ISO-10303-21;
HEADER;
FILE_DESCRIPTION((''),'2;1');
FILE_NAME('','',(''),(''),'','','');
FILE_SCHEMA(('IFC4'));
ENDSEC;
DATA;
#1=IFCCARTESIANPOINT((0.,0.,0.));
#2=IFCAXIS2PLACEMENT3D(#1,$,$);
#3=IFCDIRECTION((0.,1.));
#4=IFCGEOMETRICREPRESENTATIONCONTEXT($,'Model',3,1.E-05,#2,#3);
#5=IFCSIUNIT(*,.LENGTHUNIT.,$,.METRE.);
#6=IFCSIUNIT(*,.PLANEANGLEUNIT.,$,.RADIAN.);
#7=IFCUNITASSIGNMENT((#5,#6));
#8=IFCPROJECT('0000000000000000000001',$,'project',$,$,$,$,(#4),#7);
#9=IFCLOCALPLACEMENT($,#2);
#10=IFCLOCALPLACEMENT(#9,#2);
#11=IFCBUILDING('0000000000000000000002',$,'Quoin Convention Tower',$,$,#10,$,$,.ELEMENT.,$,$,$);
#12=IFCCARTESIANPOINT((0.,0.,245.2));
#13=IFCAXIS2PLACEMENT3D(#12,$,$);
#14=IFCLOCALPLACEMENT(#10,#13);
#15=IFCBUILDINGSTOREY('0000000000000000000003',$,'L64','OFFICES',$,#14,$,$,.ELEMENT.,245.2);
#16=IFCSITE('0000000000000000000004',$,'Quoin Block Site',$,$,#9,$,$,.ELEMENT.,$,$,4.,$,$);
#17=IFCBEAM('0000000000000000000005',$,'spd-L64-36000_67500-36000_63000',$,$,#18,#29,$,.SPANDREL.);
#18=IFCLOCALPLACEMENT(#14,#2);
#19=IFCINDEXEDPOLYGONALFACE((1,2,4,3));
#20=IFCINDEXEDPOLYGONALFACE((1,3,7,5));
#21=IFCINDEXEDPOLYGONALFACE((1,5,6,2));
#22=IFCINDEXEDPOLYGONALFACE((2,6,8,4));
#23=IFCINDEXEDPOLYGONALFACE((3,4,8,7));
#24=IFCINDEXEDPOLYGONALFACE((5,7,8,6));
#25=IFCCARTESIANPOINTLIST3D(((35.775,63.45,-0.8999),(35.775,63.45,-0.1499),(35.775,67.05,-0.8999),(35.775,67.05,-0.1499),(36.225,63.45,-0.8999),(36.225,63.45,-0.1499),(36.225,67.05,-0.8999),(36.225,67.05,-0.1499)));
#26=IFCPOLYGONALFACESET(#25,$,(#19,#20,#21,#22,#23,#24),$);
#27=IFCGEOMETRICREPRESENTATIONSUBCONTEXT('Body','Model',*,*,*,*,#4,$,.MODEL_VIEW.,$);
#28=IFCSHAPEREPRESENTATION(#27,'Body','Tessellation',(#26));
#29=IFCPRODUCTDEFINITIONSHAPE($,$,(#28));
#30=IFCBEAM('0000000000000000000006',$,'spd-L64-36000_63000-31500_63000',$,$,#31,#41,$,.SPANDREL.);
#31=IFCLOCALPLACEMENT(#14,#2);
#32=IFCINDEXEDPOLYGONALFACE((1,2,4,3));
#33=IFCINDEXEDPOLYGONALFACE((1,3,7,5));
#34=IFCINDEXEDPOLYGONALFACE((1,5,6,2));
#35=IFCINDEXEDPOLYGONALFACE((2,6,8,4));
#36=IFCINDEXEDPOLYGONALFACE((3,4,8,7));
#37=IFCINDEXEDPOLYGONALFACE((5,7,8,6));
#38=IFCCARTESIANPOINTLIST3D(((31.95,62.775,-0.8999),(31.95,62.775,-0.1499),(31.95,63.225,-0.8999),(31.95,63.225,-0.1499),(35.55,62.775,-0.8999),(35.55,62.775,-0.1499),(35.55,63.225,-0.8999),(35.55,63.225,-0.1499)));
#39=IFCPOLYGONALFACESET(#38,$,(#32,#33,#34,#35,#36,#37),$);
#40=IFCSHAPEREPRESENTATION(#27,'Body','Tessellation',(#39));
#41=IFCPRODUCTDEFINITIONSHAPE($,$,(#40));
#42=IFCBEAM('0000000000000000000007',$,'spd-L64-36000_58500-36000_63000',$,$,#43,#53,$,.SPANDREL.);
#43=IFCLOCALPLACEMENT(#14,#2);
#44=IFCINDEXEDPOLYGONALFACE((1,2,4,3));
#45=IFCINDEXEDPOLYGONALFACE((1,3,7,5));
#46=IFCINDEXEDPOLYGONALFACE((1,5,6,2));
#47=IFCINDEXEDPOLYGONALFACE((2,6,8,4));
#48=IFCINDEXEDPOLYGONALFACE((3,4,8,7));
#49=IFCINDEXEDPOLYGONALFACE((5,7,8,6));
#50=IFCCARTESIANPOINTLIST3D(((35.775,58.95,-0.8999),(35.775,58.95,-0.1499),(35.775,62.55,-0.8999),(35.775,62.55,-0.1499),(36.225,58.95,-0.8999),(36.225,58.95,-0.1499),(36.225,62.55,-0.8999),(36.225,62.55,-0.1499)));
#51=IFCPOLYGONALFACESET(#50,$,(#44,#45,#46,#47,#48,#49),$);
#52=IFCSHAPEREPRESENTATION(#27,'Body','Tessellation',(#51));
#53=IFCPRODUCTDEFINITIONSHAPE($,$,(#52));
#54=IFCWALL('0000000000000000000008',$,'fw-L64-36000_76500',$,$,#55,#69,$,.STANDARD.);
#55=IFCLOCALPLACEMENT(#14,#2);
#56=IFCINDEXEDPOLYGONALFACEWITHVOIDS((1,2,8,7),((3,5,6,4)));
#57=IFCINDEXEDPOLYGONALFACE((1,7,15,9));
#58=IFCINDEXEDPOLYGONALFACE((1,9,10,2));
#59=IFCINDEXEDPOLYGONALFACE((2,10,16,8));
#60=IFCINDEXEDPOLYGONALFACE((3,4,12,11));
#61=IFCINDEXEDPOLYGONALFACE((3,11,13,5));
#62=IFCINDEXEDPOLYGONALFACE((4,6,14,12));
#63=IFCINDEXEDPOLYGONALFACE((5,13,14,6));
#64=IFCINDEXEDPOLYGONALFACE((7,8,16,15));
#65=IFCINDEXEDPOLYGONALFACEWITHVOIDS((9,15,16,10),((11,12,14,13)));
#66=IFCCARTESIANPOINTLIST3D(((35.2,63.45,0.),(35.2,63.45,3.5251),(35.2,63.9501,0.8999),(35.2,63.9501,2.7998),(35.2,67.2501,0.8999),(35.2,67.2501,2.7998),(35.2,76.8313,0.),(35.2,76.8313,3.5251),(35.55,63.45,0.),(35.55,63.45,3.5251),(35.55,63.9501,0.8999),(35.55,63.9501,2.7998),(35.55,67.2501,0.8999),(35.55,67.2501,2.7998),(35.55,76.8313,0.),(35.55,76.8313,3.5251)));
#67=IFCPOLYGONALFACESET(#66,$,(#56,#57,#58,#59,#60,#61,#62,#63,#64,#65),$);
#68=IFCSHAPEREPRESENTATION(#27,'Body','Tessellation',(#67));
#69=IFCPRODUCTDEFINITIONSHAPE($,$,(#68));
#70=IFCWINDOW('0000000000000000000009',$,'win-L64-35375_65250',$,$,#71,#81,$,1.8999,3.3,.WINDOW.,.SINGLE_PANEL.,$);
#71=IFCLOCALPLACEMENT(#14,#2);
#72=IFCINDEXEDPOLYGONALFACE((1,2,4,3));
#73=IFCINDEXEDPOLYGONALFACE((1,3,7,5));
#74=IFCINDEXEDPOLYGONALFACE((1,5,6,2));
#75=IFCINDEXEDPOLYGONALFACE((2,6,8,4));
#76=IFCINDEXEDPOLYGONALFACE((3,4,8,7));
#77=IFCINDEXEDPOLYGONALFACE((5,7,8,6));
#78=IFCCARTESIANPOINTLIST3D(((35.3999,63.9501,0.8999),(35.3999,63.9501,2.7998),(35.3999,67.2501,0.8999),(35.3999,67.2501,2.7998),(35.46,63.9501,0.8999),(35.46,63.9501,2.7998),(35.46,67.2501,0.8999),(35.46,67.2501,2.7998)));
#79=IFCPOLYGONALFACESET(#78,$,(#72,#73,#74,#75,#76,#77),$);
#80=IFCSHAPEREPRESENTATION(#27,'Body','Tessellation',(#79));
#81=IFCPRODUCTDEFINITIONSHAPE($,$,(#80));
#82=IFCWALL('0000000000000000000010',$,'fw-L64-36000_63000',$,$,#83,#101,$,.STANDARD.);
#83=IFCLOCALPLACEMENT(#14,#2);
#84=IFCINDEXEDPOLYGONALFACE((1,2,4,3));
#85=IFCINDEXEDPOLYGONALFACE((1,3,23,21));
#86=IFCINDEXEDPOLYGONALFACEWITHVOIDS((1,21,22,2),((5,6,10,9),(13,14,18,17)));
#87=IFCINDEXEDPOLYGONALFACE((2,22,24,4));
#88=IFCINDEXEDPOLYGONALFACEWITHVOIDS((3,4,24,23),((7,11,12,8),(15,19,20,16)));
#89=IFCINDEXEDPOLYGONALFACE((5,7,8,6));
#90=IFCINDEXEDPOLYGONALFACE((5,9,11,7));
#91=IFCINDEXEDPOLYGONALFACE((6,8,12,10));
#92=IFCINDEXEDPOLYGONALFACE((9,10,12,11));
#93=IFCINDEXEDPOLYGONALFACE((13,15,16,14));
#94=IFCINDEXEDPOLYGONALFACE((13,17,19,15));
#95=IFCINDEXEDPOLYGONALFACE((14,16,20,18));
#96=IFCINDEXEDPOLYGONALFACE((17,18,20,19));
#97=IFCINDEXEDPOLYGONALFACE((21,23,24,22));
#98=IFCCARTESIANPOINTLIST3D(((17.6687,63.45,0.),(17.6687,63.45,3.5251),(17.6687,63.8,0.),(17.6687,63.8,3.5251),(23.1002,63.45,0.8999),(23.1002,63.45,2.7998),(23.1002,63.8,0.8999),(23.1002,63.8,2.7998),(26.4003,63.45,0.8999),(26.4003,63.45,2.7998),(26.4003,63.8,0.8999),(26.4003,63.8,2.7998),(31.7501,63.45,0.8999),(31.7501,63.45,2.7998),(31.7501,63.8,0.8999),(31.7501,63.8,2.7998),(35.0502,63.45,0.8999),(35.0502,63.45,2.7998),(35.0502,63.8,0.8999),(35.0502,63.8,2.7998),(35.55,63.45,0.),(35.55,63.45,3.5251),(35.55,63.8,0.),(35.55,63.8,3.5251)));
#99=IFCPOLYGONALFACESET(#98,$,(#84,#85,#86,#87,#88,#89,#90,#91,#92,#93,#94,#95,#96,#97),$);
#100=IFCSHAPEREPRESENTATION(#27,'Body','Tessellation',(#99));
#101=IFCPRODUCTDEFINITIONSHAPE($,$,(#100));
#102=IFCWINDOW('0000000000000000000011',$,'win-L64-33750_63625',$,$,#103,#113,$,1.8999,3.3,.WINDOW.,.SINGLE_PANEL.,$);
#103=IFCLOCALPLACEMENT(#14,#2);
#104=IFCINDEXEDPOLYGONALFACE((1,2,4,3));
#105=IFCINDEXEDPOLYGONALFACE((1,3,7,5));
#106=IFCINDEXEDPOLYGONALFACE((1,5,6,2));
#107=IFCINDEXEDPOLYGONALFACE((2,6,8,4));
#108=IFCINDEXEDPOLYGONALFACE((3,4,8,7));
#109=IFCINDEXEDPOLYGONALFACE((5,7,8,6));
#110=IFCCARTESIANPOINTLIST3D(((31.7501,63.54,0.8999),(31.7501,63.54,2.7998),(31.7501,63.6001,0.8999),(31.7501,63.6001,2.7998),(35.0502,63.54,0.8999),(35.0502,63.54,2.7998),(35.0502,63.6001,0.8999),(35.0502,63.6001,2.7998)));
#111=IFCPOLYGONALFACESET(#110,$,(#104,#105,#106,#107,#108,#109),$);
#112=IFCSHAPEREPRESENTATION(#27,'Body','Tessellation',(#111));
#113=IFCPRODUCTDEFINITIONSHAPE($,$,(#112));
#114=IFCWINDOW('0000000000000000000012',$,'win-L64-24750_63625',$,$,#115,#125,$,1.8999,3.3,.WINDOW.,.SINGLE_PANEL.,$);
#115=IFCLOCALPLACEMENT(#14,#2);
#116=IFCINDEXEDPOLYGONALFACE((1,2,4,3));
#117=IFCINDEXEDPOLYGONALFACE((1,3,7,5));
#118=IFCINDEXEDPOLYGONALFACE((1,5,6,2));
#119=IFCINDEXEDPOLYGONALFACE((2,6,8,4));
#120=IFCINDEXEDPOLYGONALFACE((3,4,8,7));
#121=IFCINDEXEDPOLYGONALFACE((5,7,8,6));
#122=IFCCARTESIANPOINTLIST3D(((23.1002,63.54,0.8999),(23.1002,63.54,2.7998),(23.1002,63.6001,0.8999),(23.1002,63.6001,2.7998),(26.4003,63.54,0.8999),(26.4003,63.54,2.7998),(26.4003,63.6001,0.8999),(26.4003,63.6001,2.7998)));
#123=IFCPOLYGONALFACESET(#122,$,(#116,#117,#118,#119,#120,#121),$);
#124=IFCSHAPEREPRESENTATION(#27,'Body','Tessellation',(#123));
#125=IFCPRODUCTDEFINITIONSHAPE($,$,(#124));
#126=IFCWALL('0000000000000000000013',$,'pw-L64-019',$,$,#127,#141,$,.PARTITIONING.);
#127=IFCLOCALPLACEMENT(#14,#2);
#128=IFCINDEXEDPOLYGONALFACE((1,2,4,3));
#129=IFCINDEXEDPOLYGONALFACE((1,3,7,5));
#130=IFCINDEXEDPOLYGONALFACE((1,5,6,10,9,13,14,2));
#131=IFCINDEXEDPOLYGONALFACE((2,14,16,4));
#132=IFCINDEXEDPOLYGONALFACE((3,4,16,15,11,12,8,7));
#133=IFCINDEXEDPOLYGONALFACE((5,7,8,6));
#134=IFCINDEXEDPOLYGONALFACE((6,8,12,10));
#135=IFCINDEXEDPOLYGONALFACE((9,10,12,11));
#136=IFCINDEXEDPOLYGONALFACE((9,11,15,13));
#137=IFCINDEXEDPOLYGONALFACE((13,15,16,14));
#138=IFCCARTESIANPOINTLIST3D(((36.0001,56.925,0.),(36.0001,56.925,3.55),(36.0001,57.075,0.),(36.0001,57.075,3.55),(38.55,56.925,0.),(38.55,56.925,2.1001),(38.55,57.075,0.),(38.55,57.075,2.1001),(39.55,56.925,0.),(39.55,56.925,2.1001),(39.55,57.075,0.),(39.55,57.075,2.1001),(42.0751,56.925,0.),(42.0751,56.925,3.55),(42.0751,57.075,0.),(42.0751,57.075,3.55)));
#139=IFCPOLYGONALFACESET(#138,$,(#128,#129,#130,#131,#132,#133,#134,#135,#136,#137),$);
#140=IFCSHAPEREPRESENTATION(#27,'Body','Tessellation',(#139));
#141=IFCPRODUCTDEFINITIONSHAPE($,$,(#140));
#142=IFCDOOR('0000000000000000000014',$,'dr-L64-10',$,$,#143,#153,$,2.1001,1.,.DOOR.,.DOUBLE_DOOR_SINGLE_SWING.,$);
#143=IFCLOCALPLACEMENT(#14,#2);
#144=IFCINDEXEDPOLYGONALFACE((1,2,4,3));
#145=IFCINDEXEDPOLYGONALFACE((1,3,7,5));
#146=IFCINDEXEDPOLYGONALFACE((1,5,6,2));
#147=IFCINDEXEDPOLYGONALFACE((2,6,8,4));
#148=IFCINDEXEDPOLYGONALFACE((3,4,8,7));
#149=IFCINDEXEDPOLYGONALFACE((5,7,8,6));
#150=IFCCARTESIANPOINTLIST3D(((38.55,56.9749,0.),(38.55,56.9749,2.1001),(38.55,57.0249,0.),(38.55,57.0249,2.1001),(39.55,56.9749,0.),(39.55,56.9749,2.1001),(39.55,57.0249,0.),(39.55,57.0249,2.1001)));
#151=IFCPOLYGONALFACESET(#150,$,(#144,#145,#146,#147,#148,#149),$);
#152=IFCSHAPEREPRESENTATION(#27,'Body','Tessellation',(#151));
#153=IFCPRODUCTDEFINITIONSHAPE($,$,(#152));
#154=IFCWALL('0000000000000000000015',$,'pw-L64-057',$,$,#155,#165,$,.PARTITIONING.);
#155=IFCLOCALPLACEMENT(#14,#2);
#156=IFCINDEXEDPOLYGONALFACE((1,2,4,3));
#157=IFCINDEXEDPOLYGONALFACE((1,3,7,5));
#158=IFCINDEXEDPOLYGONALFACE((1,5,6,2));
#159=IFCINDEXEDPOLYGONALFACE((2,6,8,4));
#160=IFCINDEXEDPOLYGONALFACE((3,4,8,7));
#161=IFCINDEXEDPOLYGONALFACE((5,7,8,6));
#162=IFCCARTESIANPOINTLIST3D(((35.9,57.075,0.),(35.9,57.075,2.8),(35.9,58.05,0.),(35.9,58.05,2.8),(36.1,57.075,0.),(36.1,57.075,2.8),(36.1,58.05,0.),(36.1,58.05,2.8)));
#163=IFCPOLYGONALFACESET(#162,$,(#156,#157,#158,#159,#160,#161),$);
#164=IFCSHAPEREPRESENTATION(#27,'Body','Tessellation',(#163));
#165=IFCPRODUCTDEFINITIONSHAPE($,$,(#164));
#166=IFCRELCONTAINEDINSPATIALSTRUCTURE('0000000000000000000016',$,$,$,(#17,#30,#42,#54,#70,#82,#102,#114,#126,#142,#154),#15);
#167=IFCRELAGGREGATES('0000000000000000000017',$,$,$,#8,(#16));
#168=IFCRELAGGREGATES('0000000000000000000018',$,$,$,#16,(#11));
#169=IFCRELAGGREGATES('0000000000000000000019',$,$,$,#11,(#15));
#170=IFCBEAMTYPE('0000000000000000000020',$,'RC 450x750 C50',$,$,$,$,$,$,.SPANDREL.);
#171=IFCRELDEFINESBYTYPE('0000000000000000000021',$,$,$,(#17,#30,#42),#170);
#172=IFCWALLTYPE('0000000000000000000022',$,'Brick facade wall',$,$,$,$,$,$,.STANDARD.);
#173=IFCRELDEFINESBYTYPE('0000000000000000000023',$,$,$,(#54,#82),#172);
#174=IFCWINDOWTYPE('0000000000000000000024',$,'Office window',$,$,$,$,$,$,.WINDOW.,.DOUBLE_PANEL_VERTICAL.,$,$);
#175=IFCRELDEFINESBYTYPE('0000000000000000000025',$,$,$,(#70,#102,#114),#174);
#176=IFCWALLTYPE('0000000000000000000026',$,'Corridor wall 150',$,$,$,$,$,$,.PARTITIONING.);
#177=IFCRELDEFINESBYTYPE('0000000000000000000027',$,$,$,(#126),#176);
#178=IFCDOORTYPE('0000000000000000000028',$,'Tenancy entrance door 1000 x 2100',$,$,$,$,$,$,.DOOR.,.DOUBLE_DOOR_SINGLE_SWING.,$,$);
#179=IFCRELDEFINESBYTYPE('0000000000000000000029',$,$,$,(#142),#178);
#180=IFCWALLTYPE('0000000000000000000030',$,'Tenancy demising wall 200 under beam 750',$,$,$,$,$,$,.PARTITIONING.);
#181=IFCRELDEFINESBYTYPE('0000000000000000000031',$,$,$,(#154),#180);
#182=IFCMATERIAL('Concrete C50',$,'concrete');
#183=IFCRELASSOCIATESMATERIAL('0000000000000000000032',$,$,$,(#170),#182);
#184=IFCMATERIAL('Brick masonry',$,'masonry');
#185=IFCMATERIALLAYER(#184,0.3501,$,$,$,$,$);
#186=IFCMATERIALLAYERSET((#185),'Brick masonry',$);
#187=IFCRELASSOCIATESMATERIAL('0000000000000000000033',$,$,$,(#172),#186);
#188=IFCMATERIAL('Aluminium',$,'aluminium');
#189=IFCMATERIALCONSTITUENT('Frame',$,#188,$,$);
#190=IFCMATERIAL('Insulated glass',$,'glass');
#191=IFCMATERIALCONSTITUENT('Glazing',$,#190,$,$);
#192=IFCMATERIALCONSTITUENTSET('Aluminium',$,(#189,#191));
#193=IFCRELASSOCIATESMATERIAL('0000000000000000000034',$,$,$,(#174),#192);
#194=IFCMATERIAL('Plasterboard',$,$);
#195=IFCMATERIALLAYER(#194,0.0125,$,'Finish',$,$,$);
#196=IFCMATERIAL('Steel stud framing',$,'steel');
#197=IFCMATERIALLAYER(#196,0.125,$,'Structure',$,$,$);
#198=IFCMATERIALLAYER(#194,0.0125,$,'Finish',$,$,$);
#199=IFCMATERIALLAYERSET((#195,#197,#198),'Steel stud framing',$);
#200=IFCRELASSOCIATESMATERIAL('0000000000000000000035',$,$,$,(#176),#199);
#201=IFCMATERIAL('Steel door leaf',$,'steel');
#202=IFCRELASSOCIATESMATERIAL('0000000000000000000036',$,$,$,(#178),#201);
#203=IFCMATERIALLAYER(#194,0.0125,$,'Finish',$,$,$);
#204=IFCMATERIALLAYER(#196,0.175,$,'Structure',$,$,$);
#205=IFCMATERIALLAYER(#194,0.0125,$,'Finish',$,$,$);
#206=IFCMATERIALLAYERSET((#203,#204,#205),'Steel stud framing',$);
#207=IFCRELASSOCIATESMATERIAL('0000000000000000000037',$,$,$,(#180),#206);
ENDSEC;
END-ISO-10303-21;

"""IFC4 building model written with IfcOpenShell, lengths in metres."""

from ifc_helpers import new_model, si_unit, direction, frame, frame_2d, origin, origin_2d, place, context, subcontext, project, spatial, rectangle, extrude, material, layer, layer_set, constituent, constituent_set, material_profile, profile_set, type_object, element, fill, save


model = new_model("IFC4")

# Units and contexts
model_context = context("Model", 3, precision=1e-05, world=origin(), true_north=direction((0.0, 1.0)))
body_context = subcontext(model_context, "Body", "Model", "MODEL_VIEW")
ifc_project = project(units=[si_unit("LENGTHUNIT", "METRE"), si_unit("PLANEANGLEUNIT", "RADIAN")], contexts=[model_context])

# Site, building, storey
site_placement = place(None, origin())
site = spatial("IfcSite", under=ifc_project, at=site_placement, Name="Quoin Block Site", CompositionType="ELEMENT", RefElevation=4.0)
building_placement = place(site_placement, origin())
building = spatial("IfcBuilding", under=site, at=building_placement, Name="Quoin Convention Tower", CompositionType="ELEMENT")
storey_placement = place(building_placement, frame((0.0, 0.0, 245.2)))
storey = spatial("IfcBuildingStorey", under=building, at=storey_placement, Name="L64", Description="OFFICES", CompositionType="ELEMENT", Elevation=245.2)

# Shared definitions
ifc_material_1 = material(Name="Concrete C50", Category="concrete")

# Beams
ifc_material_profile_1 = material_profile(ifc_material_1, rectangle(XDim=0.45, YDim=0.75, at=origin_2d()), Name="RC 450x750")
ifc_profile_set_1 = profile_set([ifc_material_profile_1], Name="Concrete C50")
beam_type_1 = type_object("IfcBeamType", Name="RC 450x750 C50", PredefinedType="SPANDREL", material=ifc_profile_set_1)
for number, where, z_axis, x_axis, name in (
    (1, (36.0, 67.05, -0.5249), (0.0, -1.0, 0.0), (1.0, 0.0, 0.0), "spd-L64-36000_67500-36000_63000"),
    (2, (35.55, 63.0, -0.5249), (-1.0, 0.0, 0.0), (0.0, -1.0, 0.0), "spd-L64-36000_63000-31500_63000"),
    (3, (36.0, 58.95, -0.5249), (0.0, 1.0, 0.0), (-1.0, 0.0, 0.0), "spd-L64-36000_58500-36000_63000"),
):
    element("IfcBeam", number, at=place(storey_placement, frame(where, z_axis=z_axis, x_axis=x_axis)), inside=storey, type_object=beam_type_1, Name=name, PredefinedType="SPANDREL", context=body_context, shape_type="SweptSolid", body=[
        extrude(rectangle(XDim=0.45, YDim=0.75, at=origin_2d()), origin(), (0.0, 0.0, 1.0), 3.6001),
    ])

# Wall, opening, window
ifc_material_2 = material(Name="Brick masonry", Category="masonry")
ifc_layer_1 = layer(ifc_material_2, 0.3501)
ifc_layer_set_1 = layer_set([ifc_layer_1], Name="Brick masonry")
wall_type_1 = type_object("IfcWallType", Name="Brick facade wall", PredefinedType="STANDARD", material=ifc_layer_set_1)
wall_1_placement = place(storey_placement, frame((35.375, 76.8313, 0.0), z_axis=(0.0, 0.0, 1.0), x_axis=(0.0, -1.0, 0.0)))
wall_1 = element("IfcWall", 4, at=wall_1_placement, inside=storey, type_object=wall_type_1, Name="fw-L64-36000_76500", PredefinedType="STANDARD", context=body_context, shape_type="SweptSolid", body=[
    extrude(rectangle(XDim=13.3813, YDim=0.3501, at=frame_2d((6.6907, 0.0))), origin(), (0.0, 0.0, 1.0), 3.5251),
])
opening_1_placement = place(wall_1_placement, frame((9.5813, 0.0, 0.8999)))
opening_1 = element("IfcOpeningElement", 5, at=opening_1_placement, cuts=wall_1, PredefinedType="OPENING", context=body_context, shape_type="SweptSolid", body=[
    extrude(rectangle(XDim=3.3, YDim=1.8999, at=frame_2d((1.6499, 0.95))), frame((0.0, 0.1851, 0.0), z_axis=(0.0, -1.0, 0.0), x_axis=(1.0, 0.0, 0.0)), (0.0, 0.0, 1.0), 0.3701),
])
ifc_material_3 = material(Name="Aluminium", Category="aluminium")
ifc_constituent_1 = constituent(ifc_material_3, Name="Frame")
ifc_material_4 = material(Name="Insulated glass", Category="glass")
ifc_constituent_2 = constituent(ifc_material_4, Name="Glazing")
ifc_constituent_set = constituent_set(constituents=[ifc_constituent_1, ifc_constituent_2], Name="Aluminium")
window_type = type_object("IfcWindowType", Name="Office window", PartitioningType="DOUBLE_PANEL_VERTICAL", PredefinedType="WINDOW", material=ifc_constituent_set)
window_1_placement = place(opening_1_placement, origin())
window_1 = element("IfcWindow", 6, at=window_1_placement, inside=storey, type_object=window_type, Name="win-L64-35375_65250", OverallHeight=1.8999, OverallWidth=3.3, PartitioningType="SINGLE_PANEL", PredefinedType="WINDOW", context=body_context, shape_type="SweptSolid", body=[
    extrude(rectangle(XDim=3.3, YDim=1.8999, at=frame_2d((1.6499, 0.95))), frame((0.0, 0.085, 0.0), z_axis=(0.0, -1.0, 0.0), x_axis=(1.0, 0.0, 0.0)), (0.0, 0.0, 1.0), 0.0601),
])
fill(opening_1, window_1)

# Wall, openings, windows
wall_2_placement = place(storey_placement, frame((35.55, 63.625, 0.0), z_axis=(0.0, 0.0, 1.0), x_axis=(-1.0, 0.0, 0.0)))
wall_2 = element("IfcWall", 7, at=wall_2_placement, inside=storey, type_object=wall_type_1, Name="fw-L64-36000_63000", PredefinedType="STANDARD", context=body_context, shape_type="SweptSolid", body=[
    extrude(rectangle(XDim=17.8813, YDim=0.3501, at=frame_2d((8.9407, 0.0))), origin(), (0.0, 0.0, 1.0), 3.5251),
])
opening_2_placement = place(wall_2_placement, frame((0.5, 0.0, 0.8999)))
opening_2 = element("IfcOpeningElement", 8, at=opening_2_placement, cuts=wall_2, PredefinedType="OPENING", context=body_context, shape_type="SweptSolid", body=[
    extrude(rectangle(XDim=3.3, YDim=1.8999, at=frame_2d((1.6499, 0.95))), frame((0.0, 0.1851, 0.0), z_axis=(0.0, -1.0, 0.0), x_axis=(1.0, 0.0, 0.0)), (0.0, 0.0, 1.0), 0.3701),
])
opening_3_placement = place(wall_2_placement, frame((9.1499, 0.0, 0.8999)))
opening_3 = element("IfcOpeningElement", 9, at=opening_3_placement, cuts=wall_2, PredefinedType="OPENING", context=body_context, shape_type="SweptSolid", body=[
    extrude(rectangle(XDim=3.3, YDim=1.8999, at=frame_2d((1.6499, 0.95))), frame((0.0, 0.1851, 0.0), z_axis=(0.0, -1.0, 0.0), x_axis=(1.0, 0.0, 0.0)), (0.0, 0.0, 1.0), 0.3701),
])
window_2_placement = place(opening_2_placement, origin())
window_2 = element("IfcWindow", 10, at=window_2_placement, inside=storey, type_object=window_type, Name="win-L64-33750_63625", OverallHeight=1.8999, OverallWidth=3.3, PartitioningType="SINGLE_PANEL", PredefinedType="WINDOW", context=body_context, shape_type="SweptSolid", body=[
    extrude(rectangle(XDim=3.3, YDim=1.8999, at=frame_2d((1.6499, 0.95))), frame((0.0, 0.085, 0.0), z_axis=(0.0, -1.0, 0.0), x_axis=(1.0, 0.0, 0.0)), (0.0, 0.0, 1.0), 0.0601),
])
fill(opening_2, window_2)
window_3_placement = place(opening_3_placement, origin())
window_3 = element("IfcWindow", 11, at=window_3_placement, inside=storey, type_object=window_type, Name="win-L64-24750_63625", OverallHeight=1.8999, OverallWidth=3.3, PartitioningType="SINGLE_PANEL", PredefinedType="WINDOW", context=body_context, shape_type="SweptSolid", body=[
    extrude(rectangle(XDim=3.3, YDim=1.8999, at=frame_2d((1.6499, 0.95))), frame((0.0, 0.085, 0.0), z_axis=(0.0, -1.0, 0.0), x_axis=(1.0, 0.0, 0.0)), (0.0, 0.0, 1.0), 0.0601),
])
fill(opening_3, window_3)

# Wall, opening, door
ifc_material_5 = material(Name="Plasterboard")
ifc_layer_2 = layer(ifc_material_5, 0.0125, Name="Finish")
ifc_material_6 = material(Name="Steel stud framing", Category="steel")
ifc_layer_3 = layer(ifc_material_6, 0.125, Name="Structure")
ifc_layer_4 = layer(ifc_material_5, 0.0125, Name="Finish")
ifc_layer_set_2 = layer_set([ifc_layer_2, ifc_layer_3, ifc_layer_4], Name="Steel stud framing")
wall_type_2 = type_object("IfcWallType", Name="Corridor wall 150", PredefinedType="PARTITIONING", material=ifc_layer_set_2)
wall_3_placement = place(storey_placement, frame((36.0, 57.0, 0.0), z_axis=(0.0, 0.0, 1.0), x_axis=(1.0, 0.0, 0.0)))
wall_3 = element("IfcWall", 12, at=wall_3_placement, inside=storey, type_object=wall_type_2, Name="pw-L64-019", PredefinedType="PARTITIONING", context=body_context, shape_type="SweptSolid", body=[
    extrude(rectangle(XDim=6.075, YDim=0.1499, at=frame_2d((3.0376, 0.0))), origin(), (0.0, 0.0, 1.0), 3.55),
])
opening_4_placement = place(wall_3_placement, frame((2.55, 0.0, 0.0)))
opening_4 = element("IfcOpeningElement", 13, at=opening_4_placement, cuts=wall_3, PredefinedType="OPENING", context=body_context, shape_type="SweptSolid", body=[
    extrude(rectangle(XDim=1.0, YDim=2.1001, at=frame_2d((0.5, 1.05))), frame((0.0, 0.085, 0.0), z_axis=(0.0, -1.0, 0.0), x_axis=(1.0, 0.0, 0.0)), (0.0, 0.0, 1.0), 0.1699),
])
ifc_material_7 = material(Name="Steel door leaf", Category="steel")
door_type = type_object("IfcDoorType", Name="Tenancy entrance door 1000 x 2100", OperationType="DOUBLE_DOOR_SINGLE_SWING", PredefinedType="DOOR", material=ifc_material_7)
door_placement = place(opening_4_placement, origin())
door = element("IfcDoor", 14, at=door_placement, inside=storey, type_object=door_type, Name="dr-L64-10", OperationType="DOUBLE_DOOR_SINGLE_SWING", OverallHeight=2.1001, OverallWidth=1.0, PredefinedType="DOOR", context=body_context, shape_type="SweptSolid", body=[
    extrude(rectangle(XDim=1.0, YDim=2.1001, at=frame_2d((0.5, 1.05))), frame((0.0, 0.0249, 0.0), z_axis=(0.0, -1.0, 0.0), x_axis=(1.0, 0.0, 0.0)), (0.0, 0.0, 1.0), 0.05),
])
fill(opening_4, door)

# Wall
ifc_layer_5 = layer(ifc_material_5, 0.0125, Name="Finish")
ifc_layer_6 = layer(ifc_material_6, 0.175, Name="Structure")
ifc_layer_7 = layer(ifc_material_5, 0.0125, Name="Finish")
ifc_layer_set_3 = layer_set([ifc_layer_5, ifc_layer_6, ifc_layer_7], Name="Steel stud framing")
wall_type_3 = type_object("IfcWallType", Name="Tenancy demising wall 200 under beam 750", PredefinedType="PARTITIONING", material=ifc_layer_set_3)
wall_4_placement = place(storey_placement, frame((36.0, 57.075, 0.0), z_axis=(0.0, 0.0, 1.0), x_axis=(0.0, 1.0, 0.0)))
element("IfcWall", 15, at=wall_4_placement, inside=storey, type_object=wall_type_3, Name="pw-L64-057", PredefinedType="PARTITIONING", context=body_context, shape_type="SweptSolid", body=[
    extrude(rectangle(XDim=0.9751, YDim=0.2, at=frame_2d((0.4875, 0.0))), origin(), (0.0, 0.0, 1.0), 2.8),
])

save(model, "model.ifc")
